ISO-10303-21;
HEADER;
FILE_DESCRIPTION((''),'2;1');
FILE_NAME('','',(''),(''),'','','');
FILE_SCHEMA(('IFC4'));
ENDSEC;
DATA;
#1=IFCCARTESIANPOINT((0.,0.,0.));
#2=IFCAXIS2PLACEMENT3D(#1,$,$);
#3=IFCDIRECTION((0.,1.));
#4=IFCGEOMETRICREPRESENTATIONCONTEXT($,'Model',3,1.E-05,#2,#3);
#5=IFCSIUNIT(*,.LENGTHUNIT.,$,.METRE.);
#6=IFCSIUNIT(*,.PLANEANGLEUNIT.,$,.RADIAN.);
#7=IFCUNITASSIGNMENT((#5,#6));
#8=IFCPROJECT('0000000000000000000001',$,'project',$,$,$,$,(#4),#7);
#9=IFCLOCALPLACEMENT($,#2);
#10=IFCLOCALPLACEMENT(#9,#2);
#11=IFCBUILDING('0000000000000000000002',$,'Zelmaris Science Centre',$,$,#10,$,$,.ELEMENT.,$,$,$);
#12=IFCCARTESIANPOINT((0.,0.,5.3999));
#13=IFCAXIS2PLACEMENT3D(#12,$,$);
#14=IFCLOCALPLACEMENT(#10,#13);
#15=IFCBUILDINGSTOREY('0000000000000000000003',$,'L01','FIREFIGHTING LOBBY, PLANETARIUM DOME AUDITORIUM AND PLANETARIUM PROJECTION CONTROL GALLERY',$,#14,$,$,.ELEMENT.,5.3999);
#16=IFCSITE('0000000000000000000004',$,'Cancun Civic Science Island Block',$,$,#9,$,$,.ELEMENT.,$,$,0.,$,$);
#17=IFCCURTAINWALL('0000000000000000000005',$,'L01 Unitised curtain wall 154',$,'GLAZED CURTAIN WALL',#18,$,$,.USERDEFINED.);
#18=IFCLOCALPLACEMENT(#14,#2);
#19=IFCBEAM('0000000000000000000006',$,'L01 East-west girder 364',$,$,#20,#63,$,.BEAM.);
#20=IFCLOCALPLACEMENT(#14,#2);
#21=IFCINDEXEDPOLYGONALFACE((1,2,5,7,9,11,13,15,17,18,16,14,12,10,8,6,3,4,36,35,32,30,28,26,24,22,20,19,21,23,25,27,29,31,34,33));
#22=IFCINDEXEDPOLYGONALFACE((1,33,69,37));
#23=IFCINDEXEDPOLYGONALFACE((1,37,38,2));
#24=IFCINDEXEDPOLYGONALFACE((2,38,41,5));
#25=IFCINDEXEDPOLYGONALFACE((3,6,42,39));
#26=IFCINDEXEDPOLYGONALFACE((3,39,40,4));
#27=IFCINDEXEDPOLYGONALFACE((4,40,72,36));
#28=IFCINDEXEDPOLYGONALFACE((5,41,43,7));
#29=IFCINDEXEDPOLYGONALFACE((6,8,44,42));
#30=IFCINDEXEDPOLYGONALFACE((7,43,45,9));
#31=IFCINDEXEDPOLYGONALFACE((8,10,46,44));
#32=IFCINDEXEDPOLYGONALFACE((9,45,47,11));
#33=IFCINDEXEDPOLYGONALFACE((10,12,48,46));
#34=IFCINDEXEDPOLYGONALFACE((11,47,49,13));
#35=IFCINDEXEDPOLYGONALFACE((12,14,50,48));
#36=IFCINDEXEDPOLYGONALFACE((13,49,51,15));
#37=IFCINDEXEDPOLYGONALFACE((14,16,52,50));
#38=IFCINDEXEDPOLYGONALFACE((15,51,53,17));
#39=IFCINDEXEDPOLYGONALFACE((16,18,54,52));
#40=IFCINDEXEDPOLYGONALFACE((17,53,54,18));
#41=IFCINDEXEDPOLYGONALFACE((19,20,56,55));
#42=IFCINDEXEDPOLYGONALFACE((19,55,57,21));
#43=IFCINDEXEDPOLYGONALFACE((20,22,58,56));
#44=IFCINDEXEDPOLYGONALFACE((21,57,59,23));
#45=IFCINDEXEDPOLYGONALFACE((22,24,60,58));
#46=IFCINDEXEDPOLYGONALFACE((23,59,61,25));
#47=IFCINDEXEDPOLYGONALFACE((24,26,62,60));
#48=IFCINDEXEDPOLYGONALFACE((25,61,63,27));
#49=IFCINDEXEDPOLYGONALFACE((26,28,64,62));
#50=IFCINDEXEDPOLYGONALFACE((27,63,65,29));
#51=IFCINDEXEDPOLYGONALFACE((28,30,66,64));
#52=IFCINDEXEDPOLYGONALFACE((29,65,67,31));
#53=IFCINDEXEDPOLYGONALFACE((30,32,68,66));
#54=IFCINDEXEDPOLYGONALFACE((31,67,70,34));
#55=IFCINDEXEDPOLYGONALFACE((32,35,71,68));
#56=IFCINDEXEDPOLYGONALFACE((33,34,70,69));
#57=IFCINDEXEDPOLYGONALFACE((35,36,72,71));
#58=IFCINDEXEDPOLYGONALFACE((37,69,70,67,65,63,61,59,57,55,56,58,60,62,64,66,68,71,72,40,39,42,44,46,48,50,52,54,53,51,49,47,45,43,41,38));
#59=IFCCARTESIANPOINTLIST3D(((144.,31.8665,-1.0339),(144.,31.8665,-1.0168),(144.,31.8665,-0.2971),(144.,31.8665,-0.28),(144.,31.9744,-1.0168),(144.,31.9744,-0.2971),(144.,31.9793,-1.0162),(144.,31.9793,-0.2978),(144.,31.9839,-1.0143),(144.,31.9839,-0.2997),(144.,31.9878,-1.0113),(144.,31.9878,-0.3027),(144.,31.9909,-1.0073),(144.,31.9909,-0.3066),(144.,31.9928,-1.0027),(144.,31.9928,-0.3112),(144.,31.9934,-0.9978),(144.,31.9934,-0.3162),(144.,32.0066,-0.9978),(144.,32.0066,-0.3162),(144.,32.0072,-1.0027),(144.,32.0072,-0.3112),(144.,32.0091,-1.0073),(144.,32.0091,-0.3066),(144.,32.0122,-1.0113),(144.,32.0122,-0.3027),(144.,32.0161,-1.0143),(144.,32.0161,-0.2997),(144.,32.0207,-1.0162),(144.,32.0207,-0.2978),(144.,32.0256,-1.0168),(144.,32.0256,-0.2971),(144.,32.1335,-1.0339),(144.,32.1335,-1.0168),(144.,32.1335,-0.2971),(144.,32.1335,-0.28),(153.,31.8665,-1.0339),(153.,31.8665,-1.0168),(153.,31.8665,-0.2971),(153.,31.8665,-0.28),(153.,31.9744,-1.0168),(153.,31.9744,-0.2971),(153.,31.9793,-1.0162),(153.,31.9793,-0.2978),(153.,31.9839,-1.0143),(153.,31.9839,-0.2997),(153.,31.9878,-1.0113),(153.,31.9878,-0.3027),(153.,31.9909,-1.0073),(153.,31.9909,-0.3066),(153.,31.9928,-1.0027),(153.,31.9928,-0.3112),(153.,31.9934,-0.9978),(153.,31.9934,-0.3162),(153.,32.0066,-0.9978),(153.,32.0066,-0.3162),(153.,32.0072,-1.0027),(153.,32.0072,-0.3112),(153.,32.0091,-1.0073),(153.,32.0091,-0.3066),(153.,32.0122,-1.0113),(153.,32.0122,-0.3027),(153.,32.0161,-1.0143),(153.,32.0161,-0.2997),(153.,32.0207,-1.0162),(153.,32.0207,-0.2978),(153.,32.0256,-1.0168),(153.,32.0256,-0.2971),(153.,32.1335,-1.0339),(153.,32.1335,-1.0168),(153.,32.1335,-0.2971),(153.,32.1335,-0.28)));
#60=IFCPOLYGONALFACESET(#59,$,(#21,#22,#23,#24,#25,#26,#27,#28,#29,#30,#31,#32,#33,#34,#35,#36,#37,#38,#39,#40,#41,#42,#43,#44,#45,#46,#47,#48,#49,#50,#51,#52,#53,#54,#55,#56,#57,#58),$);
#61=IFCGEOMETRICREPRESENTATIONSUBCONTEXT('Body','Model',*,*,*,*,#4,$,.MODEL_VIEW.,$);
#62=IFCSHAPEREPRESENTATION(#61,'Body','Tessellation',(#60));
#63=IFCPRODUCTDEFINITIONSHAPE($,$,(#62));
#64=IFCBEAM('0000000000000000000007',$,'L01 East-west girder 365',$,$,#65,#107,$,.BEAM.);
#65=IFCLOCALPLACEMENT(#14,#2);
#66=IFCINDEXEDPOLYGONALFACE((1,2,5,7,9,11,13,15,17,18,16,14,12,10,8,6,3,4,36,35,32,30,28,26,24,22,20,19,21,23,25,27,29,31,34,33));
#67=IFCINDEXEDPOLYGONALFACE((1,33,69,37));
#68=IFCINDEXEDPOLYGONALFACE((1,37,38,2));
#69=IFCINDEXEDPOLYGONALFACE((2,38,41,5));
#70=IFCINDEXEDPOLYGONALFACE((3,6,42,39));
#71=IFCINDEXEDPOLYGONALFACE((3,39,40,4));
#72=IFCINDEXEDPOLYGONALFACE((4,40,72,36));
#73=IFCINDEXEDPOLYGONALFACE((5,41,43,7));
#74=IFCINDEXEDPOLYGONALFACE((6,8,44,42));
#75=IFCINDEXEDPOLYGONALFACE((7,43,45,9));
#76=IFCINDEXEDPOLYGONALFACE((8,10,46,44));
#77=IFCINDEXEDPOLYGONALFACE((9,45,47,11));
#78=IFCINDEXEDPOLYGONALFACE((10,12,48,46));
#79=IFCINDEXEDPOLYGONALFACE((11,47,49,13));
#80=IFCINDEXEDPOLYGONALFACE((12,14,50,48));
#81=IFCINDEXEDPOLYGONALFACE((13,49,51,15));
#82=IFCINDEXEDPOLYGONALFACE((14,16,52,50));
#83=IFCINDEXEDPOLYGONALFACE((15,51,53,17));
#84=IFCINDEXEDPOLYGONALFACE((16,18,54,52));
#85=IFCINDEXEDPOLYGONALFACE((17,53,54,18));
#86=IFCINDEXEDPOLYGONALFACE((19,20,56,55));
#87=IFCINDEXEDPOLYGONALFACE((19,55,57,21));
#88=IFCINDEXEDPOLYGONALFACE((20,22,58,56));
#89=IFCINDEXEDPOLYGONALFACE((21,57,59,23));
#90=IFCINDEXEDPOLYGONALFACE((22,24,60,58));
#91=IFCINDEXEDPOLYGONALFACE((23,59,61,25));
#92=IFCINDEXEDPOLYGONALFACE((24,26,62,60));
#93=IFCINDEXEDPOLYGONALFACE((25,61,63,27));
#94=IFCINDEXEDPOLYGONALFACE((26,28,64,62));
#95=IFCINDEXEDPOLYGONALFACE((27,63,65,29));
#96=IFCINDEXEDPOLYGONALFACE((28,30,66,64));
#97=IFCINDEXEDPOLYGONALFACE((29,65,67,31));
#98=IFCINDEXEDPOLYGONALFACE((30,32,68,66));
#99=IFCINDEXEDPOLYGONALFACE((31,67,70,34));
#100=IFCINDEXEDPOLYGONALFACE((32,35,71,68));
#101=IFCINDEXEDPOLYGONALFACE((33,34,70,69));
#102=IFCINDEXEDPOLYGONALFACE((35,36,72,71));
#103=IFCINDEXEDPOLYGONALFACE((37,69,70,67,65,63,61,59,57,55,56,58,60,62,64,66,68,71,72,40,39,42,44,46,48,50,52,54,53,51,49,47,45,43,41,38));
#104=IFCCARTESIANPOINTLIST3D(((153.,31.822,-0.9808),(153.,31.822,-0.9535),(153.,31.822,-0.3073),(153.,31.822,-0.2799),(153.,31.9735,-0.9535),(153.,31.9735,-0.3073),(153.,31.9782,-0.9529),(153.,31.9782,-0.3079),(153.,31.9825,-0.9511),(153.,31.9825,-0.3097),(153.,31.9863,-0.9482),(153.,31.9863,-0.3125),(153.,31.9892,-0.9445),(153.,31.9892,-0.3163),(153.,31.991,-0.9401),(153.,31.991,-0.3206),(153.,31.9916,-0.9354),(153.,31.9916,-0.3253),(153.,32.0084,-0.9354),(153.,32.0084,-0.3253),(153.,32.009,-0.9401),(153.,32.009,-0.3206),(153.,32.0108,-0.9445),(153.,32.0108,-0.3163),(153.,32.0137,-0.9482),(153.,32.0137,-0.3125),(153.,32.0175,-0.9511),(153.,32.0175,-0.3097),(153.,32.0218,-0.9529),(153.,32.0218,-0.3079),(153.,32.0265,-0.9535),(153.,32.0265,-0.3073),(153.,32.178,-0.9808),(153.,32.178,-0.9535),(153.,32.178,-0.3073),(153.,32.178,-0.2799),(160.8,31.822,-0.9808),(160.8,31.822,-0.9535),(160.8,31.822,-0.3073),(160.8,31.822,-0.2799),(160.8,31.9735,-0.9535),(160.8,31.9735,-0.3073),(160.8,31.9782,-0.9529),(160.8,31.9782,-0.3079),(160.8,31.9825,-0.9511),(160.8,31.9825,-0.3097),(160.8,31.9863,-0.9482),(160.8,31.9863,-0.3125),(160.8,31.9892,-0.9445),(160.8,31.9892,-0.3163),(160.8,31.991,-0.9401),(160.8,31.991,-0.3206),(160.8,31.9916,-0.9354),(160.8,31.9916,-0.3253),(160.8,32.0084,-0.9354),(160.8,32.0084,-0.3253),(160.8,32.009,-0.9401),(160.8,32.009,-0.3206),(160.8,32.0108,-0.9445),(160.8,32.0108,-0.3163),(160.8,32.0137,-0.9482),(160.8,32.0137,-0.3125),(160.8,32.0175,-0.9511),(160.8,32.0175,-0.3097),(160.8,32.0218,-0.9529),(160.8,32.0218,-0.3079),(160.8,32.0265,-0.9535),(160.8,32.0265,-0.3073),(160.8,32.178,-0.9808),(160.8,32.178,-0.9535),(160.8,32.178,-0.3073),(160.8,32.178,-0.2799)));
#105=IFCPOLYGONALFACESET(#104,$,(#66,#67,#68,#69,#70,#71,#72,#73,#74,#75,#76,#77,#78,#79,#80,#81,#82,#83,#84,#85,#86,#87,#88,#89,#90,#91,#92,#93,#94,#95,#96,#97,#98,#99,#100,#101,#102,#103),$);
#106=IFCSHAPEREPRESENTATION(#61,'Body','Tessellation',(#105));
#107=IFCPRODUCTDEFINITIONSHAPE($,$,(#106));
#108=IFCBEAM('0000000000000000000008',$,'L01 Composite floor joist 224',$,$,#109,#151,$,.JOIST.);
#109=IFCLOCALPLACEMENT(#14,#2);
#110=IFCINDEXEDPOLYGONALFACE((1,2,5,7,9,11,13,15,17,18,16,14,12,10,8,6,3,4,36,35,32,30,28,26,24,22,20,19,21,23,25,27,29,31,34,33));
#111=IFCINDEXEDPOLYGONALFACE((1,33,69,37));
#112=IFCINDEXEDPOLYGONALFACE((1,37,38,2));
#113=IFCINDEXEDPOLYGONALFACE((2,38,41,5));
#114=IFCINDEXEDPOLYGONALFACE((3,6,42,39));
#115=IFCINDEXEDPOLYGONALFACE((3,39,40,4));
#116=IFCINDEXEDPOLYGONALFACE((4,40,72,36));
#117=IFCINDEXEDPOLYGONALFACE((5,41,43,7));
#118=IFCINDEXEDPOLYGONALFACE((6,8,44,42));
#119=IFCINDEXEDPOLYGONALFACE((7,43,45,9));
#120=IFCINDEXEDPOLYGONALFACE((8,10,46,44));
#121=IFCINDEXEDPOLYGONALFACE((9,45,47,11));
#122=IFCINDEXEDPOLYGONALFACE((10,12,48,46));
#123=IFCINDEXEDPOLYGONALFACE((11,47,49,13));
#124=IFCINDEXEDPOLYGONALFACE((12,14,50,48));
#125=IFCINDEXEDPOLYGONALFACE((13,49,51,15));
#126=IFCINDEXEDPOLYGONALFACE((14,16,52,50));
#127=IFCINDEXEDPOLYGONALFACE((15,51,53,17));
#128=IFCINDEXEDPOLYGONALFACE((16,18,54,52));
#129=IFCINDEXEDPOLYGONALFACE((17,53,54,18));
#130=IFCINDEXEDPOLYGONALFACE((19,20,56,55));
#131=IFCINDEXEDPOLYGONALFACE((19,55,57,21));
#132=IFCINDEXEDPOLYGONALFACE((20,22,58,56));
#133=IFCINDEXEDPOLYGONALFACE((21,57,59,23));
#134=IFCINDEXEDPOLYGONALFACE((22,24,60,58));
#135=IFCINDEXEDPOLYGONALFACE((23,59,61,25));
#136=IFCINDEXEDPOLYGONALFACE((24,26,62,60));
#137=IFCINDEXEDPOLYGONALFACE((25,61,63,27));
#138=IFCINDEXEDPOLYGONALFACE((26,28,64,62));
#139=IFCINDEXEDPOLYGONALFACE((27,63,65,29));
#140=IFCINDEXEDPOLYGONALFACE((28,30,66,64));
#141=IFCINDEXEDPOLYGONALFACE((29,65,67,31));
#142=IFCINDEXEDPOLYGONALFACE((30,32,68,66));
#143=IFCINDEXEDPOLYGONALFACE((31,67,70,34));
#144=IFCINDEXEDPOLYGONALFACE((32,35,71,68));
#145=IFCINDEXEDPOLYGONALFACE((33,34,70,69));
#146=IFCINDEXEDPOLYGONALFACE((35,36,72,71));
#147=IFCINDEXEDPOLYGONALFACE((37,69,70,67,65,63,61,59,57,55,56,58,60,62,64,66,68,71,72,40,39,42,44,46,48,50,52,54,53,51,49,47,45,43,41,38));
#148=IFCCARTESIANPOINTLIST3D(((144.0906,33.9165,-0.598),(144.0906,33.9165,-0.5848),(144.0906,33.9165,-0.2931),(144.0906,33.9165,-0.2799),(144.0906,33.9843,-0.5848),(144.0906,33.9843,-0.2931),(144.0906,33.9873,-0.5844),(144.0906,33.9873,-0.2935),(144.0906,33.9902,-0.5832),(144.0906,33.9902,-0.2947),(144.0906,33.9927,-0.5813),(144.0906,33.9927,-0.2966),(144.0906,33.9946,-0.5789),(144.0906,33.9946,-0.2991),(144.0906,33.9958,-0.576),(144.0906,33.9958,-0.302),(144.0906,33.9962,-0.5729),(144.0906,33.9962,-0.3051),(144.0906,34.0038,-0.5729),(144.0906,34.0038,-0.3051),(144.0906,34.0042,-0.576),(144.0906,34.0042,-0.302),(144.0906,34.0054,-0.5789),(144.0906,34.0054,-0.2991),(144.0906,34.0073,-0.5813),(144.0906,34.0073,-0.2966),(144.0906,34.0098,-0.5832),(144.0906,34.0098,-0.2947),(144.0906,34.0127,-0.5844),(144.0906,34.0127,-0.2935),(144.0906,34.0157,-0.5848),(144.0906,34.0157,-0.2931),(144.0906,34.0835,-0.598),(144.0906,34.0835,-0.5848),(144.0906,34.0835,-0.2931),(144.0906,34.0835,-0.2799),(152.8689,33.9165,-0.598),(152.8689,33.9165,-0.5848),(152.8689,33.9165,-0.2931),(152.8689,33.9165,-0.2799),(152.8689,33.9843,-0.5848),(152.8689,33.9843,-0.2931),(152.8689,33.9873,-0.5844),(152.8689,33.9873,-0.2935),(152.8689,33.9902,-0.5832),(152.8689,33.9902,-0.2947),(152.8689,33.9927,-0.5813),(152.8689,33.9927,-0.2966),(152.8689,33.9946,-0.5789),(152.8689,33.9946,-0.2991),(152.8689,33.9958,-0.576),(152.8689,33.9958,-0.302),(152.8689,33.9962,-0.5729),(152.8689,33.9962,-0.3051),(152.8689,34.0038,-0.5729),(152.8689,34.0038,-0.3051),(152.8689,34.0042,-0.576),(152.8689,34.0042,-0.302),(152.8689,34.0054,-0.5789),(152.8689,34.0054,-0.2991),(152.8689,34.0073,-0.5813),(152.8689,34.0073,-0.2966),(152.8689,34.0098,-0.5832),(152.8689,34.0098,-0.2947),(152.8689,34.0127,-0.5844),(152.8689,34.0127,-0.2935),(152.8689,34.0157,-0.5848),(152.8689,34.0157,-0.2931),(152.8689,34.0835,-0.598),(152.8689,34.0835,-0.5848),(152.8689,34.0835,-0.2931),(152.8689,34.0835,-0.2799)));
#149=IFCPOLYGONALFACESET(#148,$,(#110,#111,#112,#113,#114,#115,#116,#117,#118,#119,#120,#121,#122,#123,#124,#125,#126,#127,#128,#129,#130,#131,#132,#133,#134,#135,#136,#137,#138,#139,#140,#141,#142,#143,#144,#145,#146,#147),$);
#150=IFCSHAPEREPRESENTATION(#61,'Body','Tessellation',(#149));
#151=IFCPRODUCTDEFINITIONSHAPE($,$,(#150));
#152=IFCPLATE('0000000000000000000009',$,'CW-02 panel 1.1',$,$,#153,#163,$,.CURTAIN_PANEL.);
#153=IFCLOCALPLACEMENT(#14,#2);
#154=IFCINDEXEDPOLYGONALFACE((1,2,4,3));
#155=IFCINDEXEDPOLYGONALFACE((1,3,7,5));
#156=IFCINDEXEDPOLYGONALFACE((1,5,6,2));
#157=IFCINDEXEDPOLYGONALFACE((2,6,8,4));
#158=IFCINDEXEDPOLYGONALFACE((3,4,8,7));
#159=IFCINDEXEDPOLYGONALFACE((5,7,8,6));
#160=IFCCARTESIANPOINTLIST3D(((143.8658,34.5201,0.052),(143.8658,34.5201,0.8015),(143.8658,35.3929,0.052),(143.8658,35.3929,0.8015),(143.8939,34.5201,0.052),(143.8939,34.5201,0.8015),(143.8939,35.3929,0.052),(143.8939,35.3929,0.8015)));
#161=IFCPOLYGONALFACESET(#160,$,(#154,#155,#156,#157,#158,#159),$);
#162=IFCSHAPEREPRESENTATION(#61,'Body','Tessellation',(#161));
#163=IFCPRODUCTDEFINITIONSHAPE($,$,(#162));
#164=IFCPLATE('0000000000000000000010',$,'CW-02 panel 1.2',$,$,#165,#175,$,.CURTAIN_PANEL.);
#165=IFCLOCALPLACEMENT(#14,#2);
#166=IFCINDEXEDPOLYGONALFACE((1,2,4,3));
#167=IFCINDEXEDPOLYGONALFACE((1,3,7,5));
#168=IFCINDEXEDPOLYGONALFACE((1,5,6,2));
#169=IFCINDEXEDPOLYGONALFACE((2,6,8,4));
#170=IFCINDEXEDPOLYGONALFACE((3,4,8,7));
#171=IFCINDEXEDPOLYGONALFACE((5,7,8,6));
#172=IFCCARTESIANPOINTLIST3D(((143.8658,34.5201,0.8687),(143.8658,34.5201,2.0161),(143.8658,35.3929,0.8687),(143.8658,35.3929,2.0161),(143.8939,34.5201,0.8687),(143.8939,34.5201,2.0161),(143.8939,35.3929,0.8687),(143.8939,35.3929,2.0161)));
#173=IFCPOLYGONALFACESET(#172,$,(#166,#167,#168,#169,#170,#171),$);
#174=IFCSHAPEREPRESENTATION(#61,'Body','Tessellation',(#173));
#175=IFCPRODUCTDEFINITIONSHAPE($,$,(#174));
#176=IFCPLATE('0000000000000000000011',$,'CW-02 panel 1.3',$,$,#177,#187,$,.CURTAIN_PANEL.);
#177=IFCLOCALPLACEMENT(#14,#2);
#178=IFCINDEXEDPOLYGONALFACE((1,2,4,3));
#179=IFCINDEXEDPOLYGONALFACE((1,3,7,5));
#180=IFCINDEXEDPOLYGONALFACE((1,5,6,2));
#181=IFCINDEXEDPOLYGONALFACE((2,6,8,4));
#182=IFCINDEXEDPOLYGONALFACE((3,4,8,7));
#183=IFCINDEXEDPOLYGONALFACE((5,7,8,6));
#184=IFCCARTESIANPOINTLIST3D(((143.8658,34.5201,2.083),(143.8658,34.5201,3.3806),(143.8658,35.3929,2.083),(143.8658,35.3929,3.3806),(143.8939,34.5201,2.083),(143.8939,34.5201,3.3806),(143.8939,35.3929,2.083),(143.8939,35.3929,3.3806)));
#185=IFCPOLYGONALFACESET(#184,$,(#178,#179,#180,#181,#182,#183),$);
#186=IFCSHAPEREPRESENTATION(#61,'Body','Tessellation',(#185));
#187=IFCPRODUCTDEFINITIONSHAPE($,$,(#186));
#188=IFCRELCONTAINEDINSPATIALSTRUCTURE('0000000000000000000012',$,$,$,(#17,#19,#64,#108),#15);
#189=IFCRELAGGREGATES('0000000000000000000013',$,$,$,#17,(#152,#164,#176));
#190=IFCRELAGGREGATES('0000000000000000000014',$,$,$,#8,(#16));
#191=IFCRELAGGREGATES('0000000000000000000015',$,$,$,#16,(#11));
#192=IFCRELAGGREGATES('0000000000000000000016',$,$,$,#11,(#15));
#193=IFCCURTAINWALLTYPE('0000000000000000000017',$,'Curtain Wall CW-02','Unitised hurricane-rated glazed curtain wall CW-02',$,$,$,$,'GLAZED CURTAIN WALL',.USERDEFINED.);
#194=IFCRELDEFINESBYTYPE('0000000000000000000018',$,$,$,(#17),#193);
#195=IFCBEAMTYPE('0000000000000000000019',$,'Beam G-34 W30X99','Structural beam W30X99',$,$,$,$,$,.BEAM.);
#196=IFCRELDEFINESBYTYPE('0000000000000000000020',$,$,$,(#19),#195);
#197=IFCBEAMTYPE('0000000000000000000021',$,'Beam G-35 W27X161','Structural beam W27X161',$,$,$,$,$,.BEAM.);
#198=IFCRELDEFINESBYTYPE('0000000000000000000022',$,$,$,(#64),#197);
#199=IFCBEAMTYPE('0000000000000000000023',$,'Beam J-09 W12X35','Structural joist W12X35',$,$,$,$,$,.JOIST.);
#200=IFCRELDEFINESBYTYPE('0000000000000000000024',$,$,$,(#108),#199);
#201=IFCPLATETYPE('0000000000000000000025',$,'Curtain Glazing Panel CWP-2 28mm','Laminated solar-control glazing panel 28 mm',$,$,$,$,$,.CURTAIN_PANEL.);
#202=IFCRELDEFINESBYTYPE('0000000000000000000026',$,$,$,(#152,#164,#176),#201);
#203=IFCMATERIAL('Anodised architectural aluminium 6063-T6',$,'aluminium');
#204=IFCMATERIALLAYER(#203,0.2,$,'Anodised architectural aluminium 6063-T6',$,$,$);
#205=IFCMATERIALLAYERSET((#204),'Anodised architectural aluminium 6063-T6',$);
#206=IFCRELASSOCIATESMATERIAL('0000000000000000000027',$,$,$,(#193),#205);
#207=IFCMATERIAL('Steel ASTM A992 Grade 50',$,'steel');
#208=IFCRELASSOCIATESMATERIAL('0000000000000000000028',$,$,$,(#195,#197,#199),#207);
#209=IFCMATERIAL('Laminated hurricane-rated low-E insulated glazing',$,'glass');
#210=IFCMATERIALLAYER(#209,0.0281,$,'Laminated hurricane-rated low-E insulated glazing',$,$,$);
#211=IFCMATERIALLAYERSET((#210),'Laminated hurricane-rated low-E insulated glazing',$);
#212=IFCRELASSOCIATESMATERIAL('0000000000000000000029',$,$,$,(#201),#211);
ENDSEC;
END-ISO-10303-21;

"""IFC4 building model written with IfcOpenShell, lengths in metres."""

from ifc_helpers import new_model, si_unit, direction, frame, origin, origin_2d, place, context, subcontext, project, spatial, rectangle, i_section, extrude, material, layer, layer_set, material_profile, profile_set, type_object, element, aggregate, save


model = new_model("IFC4")

# Units and contexts
model_context = context("Model", 3, precision=1e-05, world=origin(), true_north=direction((0.0, 1.0)))
body_context = subcontext(model_context, "Body", "Model", "MODEL_VIEW")
ifc_project = project(units=[si_unit("LENGTHUNIT", "METRE"), si_unit("PLANEANGLEUNIT", "RADIAN")], contexts=[model_context])

# Site, building, storey
site_placement = place(None, origin())
site = spatial("IfcSite", under=ifc_project, at=site_placement, Name="Cancun Civic Science Island Block", CompositionType="ELEMENT", RefElevation=0.0)
building_placement = place(site_placement, origin())
building = spatial("IfcBuilding", under=site, at=building_placement, Name="Zelmaris Science Centre", CompositionType="ELEMENT")
storey_placement = place(building_placement, frame((0.0, 0.0, 5.3999)))
storey = spatial("IfcBuildingStorey", under=building, at=storey_placement, Name="L01", Description="FIREFIGHTING LOBBY, PLANETARIUM DOME AUDITORIUM AND PLANETARIUM PROJECTION CONTROL GALLERY", CompositionType="ELEMENT", Elevation=5.3999)

# Shared definitions
ifc_material_1 = material(Name="Steel ASTM A992 Grade 50", Category="steel")

# Curtain wall
ifc_material_2 = material(Name="Anodised architectural aluminium 6063-T6", Category="aluminium")
ifc_layer_1 = layer(ifc_material_2, 0.2, Name="Anodised architectural aluminium 6063-T6")
ifc_layer_set_1 = layer_set([ifc_layer_1], Name="Anodised architectural aluminium 6063-T6")
curtain_wall_type = type_object("IfcCurtainWallType", Name="Curtain Wall CW-02", Description="Unitised hurricane-rated glazed curtain wall CW-02", ElementType="GLAZED CURTAIN WALL", PredefinedType="USERDEFINED", material=ifc_layer_set_1)
curtain_wall_placement = place(storey_placement, origin())
curtain_wall = element("IfcCurtainWall", 1, at=curtain_wall_placement, inside=storey, type_object=curtain_wall_type, Name="L01 Unitised curtain wall 154", ObjectType="GLAZED CURTAIN WALL", PredefinedType="USERDEFINED")

# Beams
ifc_material_profile_1 = material_profile(ifc_material_1, i_section(OverallWidth=0.2671, OverallDepth=0.7539, WebThickness=0.0132, FlangeThickness=0.0171, FilletRadius=0.019, at=origin_2d()), Name="W30X99")
ifc_profile_set_1 = profile_set([ifc_material_profile_1], Name="Steel ASTM A992 Grade 50")
beam_type_1 = type_object("IfcBeamType", Name="Beam G-34 W30X99", Description="Structural beam W30X99", PredefinedType="BEAM", material=ifc_profile_set_1)
beam_1_placement = place(storey_placement, frame((144.0, 32.0, -0.657), z_axis=(1.0, 0.0, 0.0), x_axis=(0.0, 1.0, 0.0)))
element("IfcBeam", 2, at=beam_1_placement, inside=storey, type_object=beam_type_1, Name="L01 East-west girder 364", PredefinedType="BEAM", context=body_context, shape_type="SweptSolid", body=[
    extrude(i_section(OverallWidth=0.2671, OverallDepth=0.7539, WebThickness=0.0132, FlangeThickness=0.0171, FilletRadius=0.019, at=origin_2d()), origin(), (0.0, 0.0, 1.0), 9.0),
])
ifc_material_profile_2 = material_profile(ifc_material_1, i_section(OverallWidth=0.356, OverallDepth=0.7009, WebThickness=0.0168, FlangeThickness=0.0273, FilletRadius=0.0181, at=origin_2d()), Name="W27X161")
ifc_profile_set_2 = profile_set([ifc_material_profile_2], Name="Steel ASTM A992 Grade 50")
beam_type_2 = type_object("IfcBeamType", Name="Beam G-35 W27X161", Description="Structural beam W27X161", PredefinedType="BEAM", material=ifc_profile_set_2)
beam_2_placement = place(storey_placement, frame((153.0, 32.0, -0.6304), z_axis=(1.0, 0.0, 0.0), x_axis=(0.0, 1.0, 0.0)))
element("IfcBeam", 3, at=beam_2_placement, inside=storey, type_object=beam_type_2, Name="L01 East-west girder 365", PredefinedType="BEAM", context=body_context, shape_type="SweptSolid", body=[
    extrude(i_section(OverallWidth=0.356, OverallDepth=0.7009, WebThickness=0.0168, FlangeThickness=0.0273, FilletRadius=0.0181, at=origin_2d()), origin(), (0.0, 0.0, 1.0), 7.8),
])
ifc_material_profile_3 = material_profile(ifc_material_1, i_section(OverallWidth=0.167, OverallDepth=0.3181, WebThickness=0.0076, FlangeThickness=0.0132, FilletRadius=0.012, at=origin_2d()), Name="W12X35")
ifc_profile_set_3 = profile_set([ifc_material_profile_3], Name="Steel ASTM A992 Grade 50")
beam_type_3 = type_object("IfcBeamType", Name="Beam J-09 W12X35", Description="Structural joist W12X35", PredefinedType="JOIST", material=ifc_profile_set_3)
beam_3_placement = place(storey_placement, frame((144.0906, 34.0, -0.439), z_axis=(1.0, 0.0, 0.0), x_axis=(0.0, 1.0, 0.0)))
element("IfcBeam", 4, at=beam_3_placement, inside=storey, type_object=beam_type_3, Name="L01 Composite floor joist 224", PredefinedType="JOIST", context=body_context, shape_type="SweptSolid", body=[
    extrude(i_section(OverallWidth=0.167, OverallDepth=0.3181, WebThickness=0.0076, FlangeThickness=0.0132, FilletRadius=0.012, at=origin_2d()), origin(), (0.0, 0.0, 1.0), 8.7783),
])

# Plates
ifc_material_3 = material(Name="Laminated hurricane-rated low-E insulated glazing", Category="glass")
ifc_layer_2 = layer(ifc_material_3, 0.0281, Name="Laminated hurricane-rated low-E insulated glazing")
ifc_layer_set_2 = layer_set([ifc_layer_2], Name="Laminated hurricane-rated low-E insulated glazing")
plate_type = type_object("IfcPlateType", Name="Curtain Glazing Panel CWP-2 28mm", Description="Laminated solar-control glazing panel 28 mm", PredefinedType="CURTAIN_PANEL", material=ifc_layer_set_2)
plate_1_placement = place(storey_placement, frame((143.8799, 34.9565, 0.052), z_axis=(0.0, 0.0, 1.0), x_axis=(0.0, -1.0, 0.0)))
plate_1 = element("IfcPlate", 5, at=plate_1_placement, type_object=plate_type, Name="CW-02 panel 1.1", PredefinedType="CURTAIN_PANEL", context=body_context, shape_type="SweptSolid", body=[
    extrude(rectangle(XDim=0.8728, YDim=0.0281, at=origin_2d()), origin(), (0.0, 0.0, 1.0), 0.7495),
])
plate_2_placement = place(storey_placement, frame((143.8799, 34.9565, 0.8687), z_axis=(0.0, 0.0, 1.0), x_axis=(0.0, -1.0, 0.0)))
plate_2 = element("IfcPlate", 6, at=plate_2_placement, type_object=plate_type, Name="CW-02 panel 1.2", PredefinedType="CURTAIN_PANEL", context=body_context, shape_type="SweptSolid", body=[
    extrude(rectangle(XDim=0.8728, YDim=0.0281, at=origin_2d()), origin(), (0.0, 0.0, 1.0), 1.1475),
])
plate_3_placement = place(storey_placement, frame((143.8799, 34.9565, 2.083), z_axis=(0.0, 0.0, 1.0), x_axis=(0.0, -1.0, 0.0)))
plate_3 = element("IfcPlate", 7, at=plate_3_placement, type_object=plate_type, Name="CW-02 panel 1.3", PredefinedType="CURTAIN_PANEL", context=body_context, shape_type="SweptSolid", body=[
    extrude(rectangle(XDim=0.8728, YDim=0.0281, at=origin_2d()), origin(), (0.0, 0.0, 1.0), 1.2976),
])
aggregate(curtain_wall, [plate_1, plate_2, plate_3])

save(model, "model.ifc")
